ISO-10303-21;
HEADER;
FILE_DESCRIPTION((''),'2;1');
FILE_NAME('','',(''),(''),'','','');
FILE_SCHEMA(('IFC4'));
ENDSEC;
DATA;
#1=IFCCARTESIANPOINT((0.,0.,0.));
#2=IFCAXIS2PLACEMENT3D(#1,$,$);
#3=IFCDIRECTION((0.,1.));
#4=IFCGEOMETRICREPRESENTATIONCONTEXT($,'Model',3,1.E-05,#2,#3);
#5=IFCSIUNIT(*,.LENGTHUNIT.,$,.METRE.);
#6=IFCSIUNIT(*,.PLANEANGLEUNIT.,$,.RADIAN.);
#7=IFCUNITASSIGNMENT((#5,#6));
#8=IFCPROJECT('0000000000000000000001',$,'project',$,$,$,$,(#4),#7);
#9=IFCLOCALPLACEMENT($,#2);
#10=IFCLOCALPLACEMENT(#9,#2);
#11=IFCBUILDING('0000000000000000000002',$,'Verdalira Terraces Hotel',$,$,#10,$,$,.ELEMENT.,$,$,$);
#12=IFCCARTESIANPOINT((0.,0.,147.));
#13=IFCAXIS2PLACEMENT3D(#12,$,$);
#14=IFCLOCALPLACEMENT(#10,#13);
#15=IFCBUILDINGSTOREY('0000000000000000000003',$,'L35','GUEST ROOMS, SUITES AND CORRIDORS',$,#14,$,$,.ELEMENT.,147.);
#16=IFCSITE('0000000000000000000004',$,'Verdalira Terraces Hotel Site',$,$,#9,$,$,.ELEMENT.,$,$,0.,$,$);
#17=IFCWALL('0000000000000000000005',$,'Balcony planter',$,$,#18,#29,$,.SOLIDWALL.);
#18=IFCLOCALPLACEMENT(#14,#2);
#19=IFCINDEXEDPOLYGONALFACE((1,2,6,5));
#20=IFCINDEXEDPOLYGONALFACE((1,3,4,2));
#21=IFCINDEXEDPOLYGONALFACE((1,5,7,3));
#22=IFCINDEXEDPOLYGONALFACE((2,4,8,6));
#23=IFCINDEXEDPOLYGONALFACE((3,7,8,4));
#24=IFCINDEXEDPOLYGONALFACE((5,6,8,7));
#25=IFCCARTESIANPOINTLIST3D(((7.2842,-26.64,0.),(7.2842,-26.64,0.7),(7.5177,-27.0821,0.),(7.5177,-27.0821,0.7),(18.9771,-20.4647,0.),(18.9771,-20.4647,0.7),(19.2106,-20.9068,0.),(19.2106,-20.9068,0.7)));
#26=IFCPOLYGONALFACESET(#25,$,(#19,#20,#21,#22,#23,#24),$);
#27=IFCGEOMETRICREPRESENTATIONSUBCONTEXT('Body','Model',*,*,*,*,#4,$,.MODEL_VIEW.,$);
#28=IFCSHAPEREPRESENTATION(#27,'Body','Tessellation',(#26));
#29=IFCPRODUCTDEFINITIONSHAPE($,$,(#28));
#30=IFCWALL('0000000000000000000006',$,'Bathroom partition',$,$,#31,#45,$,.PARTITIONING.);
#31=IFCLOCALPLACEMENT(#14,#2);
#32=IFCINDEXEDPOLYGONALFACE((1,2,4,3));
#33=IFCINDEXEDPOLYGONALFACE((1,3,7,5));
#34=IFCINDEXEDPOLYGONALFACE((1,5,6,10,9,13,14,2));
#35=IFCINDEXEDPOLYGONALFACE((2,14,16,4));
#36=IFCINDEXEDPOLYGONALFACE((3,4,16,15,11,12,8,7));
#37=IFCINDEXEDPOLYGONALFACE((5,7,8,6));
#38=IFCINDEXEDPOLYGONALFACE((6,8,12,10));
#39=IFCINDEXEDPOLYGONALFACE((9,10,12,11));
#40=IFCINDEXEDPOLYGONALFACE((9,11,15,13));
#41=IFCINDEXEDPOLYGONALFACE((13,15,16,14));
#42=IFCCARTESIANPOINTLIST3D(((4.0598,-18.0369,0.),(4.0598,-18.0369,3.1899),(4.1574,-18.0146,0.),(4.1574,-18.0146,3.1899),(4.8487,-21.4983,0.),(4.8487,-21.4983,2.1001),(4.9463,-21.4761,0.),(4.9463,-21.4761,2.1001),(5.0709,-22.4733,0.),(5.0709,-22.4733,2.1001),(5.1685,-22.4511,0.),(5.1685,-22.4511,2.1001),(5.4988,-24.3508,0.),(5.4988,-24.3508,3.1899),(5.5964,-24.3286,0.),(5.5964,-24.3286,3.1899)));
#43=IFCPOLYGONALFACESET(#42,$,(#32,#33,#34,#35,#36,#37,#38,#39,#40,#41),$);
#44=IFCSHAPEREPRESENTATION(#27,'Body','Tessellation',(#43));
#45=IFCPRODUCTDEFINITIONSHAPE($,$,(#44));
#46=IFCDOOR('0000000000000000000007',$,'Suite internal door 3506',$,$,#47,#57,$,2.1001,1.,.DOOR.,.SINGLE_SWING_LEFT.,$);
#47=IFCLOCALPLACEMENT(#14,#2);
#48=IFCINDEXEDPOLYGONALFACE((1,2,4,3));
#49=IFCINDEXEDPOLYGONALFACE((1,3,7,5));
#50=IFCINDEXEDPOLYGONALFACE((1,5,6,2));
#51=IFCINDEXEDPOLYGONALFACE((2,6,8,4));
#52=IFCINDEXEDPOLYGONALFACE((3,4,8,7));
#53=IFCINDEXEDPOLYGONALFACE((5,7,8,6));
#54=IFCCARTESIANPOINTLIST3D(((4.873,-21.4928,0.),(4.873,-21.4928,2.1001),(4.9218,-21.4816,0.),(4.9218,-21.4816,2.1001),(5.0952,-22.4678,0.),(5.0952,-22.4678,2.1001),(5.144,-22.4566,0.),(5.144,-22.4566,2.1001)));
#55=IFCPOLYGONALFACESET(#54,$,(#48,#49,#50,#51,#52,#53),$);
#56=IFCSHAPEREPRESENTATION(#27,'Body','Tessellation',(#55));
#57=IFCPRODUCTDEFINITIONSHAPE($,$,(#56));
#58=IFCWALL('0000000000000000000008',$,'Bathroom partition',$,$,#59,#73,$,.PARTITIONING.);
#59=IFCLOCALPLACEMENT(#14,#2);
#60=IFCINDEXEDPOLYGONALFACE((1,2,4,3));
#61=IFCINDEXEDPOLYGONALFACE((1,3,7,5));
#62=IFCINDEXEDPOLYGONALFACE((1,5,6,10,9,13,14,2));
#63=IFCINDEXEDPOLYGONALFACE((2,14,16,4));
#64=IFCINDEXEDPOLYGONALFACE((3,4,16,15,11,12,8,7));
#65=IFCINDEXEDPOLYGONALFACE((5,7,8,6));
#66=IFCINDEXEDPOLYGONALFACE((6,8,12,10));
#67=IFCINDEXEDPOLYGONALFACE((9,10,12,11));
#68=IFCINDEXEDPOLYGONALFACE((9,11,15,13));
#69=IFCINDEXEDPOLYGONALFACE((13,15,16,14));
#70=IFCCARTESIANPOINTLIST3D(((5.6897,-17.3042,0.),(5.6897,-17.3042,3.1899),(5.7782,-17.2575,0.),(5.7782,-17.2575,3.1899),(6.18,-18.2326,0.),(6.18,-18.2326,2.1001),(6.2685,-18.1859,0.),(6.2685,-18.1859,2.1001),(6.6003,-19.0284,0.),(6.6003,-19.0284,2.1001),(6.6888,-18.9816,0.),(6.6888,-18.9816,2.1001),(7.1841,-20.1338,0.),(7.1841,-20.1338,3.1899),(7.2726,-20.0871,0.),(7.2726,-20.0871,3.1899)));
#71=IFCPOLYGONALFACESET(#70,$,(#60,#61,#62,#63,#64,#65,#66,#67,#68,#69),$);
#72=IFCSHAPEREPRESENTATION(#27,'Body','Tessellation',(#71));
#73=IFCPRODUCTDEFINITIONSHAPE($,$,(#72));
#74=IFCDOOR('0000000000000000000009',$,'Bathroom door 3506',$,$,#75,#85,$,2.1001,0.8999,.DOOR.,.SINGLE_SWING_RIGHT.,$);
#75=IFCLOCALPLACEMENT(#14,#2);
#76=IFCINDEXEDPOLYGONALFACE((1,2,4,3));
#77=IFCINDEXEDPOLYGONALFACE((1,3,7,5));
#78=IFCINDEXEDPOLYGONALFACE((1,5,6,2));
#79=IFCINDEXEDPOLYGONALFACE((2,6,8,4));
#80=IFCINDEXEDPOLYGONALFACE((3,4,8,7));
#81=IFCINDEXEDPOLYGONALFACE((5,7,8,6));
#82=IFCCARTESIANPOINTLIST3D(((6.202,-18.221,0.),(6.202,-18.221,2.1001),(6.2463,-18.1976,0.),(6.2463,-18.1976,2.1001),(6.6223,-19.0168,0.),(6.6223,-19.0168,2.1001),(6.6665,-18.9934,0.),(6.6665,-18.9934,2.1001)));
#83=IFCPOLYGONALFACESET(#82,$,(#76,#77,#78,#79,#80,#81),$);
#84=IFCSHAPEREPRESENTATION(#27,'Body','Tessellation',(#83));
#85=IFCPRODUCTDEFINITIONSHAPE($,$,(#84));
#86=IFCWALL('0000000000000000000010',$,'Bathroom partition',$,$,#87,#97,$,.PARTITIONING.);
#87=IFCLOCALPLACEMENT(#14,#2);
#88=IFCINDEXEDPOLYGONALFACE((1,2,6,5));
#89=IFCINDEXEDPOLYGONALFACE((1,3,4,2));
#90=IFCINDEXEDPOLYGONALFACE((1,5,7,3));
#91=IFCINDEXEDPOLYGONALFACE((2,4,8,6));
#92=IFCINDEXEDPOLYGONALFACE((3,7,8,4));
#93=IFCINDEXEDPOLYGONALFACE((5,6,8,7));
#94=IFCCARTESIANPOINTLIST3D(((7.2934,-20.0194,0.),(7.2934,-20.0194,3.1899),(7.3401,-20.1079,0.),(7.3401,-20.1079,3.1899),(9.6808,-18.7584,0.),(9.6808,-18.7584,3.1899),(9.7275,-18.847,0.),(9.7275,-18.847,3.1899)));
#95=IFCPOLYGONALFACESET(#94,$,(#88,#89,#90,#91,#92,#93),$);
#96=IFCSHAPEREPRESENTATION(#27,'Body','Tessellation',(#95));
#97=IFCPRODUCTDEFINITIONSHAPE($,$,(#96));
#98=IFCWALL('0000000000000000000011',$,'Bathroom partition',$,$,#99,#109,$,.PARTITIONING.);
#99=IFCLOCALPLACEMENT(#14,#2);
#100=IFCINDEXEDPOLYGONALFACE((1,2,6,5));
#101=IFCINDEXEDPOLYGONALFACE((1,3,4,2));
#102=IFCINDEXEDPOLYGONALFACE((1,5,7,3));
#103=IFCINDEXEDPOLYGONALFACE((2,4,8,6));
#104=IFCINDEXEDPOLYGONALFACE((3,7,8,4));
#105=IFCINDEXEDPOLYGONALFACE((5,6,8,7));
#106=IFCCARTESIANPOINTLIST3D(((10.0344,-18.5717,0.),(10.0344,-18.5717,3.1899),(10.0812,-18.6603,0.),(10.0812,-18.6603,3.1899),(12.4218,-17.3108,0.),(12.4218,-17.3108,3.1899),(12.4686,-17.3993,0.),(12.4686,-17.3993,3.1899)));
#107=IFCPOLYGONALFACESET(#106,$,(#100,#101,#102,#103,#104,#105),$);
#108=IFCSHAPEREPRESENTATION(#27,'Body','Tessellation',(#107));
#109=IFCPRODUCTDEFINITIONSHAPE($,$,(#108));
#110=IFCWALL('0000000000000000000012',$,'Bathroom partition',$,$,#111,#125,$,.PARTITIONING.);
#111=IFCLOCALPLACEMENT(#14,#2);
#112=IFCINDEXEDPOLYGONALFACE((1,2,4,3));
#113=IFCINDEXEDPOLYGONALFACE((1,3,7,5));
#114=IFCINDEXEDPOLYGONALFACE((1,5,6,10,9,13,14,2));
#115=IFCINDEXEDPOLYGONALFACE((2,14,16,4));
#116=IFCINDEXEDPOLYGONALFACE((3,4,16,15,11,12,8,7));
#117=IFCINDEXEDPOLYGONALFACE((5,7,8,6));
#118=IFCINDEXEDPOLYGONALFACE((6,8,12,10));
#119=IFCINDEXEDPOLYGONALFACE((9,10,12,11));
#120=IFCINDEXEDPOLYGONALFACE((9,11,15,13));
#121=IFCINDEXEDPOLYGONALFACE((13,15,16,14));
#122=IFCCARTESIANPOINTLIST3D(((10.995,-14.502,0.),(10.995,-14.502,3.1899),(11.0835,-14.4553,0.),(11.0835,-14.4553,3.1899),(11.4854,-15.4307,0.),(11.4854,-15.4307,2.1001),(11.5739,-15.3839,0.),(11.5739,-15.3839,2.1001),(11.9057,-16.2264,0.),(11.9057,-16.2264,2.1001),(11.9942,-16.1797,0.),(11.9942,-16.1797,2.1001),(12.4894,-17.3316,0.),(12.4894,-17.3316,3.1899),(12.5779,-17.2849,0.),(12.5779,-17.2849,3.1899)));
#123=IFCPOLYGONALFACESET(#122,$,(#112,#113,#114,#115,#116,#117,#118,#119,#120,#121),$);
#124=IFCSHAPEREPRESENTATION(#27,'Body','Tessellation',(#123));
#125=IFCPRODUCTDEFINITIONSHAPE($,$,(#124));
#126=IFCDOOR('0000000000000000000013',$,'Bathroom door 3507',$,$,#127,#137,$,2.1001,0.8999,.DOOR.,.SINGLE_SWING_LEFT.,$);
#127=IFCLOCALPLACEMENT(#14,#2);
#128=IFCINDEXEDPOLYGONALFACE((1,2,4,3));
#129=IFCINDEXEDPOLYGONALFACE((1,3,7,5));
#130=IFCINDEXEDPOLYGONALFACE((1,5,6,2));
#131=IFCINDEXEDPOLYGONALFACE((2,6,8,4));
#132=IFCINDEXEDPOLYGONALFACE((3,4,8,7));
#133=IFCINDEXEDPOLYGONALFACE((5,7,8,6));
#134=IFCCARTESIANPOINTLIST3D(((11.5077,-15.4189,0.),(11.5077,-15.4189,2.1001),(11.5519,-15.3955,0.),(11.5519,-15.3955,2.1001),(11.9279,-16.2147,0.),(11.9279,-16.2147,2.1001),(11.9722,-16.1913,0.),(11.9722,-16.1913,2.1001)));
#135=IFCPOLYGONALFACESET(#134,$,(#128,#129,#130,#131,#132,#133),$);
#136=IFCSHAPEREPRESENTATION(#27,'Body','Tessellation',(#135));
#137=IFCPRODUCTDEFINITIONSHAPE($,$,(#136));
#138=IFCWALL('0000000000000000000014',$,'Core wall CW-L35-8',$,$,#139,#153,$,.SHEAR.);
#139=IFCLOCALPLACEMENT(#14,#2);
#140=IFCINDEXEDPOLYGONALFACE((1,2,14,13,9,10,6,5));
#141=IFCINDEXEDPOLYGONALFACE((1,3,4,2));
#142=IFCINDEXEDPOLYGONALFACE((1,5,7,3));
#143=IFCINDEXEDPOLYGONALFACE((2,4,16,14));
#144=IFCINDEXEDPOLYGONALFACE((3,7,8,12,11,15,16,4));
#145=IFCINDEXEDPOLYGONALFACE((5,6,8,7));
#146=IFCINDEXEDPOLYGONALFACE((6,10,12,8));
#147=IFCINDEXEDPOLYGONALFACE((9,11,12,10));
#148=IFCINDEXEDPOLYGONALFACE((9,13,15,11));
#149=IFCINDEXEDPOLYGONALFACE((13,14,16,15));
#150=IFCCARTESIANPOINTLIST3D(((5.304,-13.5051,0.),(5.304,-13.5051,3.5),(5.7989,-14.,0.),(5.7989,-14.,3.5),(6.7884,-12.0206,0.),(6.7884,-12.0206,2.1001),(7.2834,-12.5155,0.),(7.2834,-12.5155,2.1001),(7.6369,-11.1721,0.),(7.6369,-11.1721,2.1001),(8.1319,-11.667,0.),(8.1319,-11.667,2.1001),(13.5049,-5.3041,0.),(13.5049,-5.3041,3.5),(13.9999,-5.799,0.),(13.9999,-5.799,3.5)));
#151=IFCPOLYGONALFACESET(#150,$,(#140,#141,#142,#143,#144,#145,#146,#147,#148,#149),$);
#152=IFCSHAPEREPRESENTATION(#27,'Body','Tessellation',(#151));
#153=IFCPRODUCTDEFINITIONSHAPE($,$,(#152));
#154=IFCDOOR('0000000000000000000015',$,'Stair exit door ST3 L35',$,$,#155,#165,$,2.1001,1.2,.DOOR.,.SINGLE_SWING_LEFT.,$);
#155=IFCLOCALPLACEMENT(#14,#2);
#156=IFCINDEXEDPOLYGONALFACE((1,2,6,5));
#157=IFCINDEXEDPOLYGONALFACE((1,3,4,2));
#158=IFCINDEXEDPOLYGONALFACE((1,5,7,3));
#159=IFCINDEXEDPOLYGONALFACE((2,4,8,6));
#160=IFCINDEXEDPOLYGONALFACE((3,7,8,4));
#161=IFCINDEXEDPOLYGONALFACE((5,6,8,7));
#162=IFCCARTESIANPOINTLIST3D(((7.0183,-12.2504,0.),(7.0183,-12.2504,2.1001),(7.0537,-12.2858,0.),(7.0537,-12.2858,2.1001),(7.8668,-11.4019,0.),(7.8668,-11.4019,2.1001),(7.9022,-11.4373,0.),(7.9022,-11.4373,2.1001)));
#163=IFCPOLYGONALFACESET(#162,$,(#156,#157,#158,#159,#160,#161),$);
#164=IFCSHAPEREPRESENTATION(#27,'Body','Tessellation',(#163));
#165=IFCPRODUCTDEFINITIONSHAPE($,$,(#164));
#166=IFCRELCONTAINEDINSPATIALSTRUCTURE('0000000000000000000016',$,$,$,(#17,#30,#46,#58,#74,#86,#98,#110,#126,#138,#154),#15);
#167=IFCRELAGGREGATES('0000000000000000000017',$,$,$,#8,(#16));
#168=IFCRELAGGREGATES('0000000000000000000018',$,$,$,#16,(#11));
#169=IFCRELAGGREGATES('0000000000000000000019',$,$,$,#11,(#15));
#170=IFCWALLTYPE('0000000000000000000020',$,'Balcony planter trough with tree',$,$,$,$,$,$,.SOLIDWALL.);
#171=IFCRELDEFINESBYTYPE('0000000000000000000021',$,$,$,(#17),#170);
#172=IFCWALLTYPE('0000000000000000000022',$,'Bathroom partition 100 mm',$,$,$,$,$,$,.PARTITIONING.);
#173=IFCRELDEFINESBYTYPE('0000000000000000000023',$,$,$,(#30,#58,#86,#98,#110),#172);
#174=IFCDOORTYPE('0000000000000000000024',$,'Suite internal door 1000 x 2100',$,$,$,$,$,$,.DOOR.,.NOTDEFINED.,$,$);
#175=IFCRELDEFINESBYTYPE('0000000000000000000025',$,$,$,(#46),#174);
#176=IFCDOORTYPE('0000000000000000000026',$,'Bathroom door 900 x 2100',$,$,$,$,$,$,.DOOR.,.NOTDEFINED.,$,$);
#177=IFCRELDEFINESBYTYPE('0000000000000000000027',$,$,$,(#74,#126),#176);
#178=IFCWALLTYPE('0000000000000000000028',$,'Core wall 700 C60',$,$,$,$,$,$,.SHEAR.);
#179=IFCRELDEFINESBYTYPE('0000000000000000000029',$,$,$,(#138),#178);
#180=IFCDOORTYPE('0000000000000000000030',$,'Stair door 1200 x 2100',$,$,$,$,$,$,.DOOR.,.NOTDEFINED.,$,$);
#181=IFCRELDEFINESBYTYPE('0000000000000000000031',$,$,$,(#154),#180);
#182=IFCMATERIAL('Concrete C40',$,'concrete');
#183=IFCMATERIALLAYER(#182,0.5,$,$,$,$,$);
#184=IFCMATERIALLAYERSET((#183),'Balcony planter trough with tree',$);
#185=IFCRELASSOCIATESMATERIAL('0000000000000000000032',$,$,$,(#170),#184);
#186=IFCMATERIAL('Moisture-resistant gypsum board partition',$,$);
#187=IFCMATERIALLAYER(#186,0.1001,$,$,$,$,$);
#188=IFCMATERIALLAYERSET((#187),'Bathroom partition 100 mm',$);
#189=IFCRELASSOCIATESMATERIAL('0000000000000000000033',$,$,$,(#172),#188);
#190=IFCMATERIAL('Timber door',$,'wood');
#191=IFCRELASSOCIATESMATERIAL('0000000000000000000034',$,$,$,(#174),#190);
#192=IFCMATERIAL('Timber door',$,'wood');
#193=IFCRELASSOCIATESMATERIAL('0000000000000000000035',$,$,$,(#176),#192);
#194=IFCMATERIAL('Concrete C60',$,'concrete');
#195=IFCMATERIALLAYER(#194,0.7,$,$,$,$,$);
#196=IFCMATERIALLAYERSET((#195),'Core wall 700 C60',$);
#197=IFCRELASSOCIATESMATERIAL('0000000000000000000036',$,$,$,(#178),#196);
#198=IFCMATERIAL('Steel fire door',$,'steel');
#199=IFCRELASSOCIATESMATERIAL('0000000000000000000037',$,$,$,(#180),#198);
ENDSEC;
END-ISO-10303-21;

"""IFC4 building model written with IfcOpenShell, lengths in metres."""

from ifc_helpers import new_model, si_unit, direction, frame, frame_2d, origin, place, context, subcontext, project, spatial, rectangle, extrude, material, layer, layer_set, type_object, element, fill, save


model = new_model("IFC4")

# Units and contexts
model_context = context("Model", 3, precision=1e-05, world=origin(), true_north=direction((0.0, 1.0)))
body_context = subcontext(model_context, "Body", "Model", "MODEL_VIEW")
ifc_project = project(units=[si_unit("LENGTHUNIT", "METRE"), si_unit("PLANEANGLEUNIT", "RADIAN")], contexts=[model_context])

# Site, building, storey
site_placement = place(None, origin())
site = spatial("IfcSite", under=ifc_project, at=site_placement, Name="Verdalira Terraces Hotel Site", CompositionType="ELEMENT", RefElevation=0.0)
building_placement = place(site_placement, origin())
building = spatial("IfcBuilding", under=site, at=building_placement, Name="Verdalira Terraces Hotel", CompositionType="ELEMENT")
storey_placement = place(building_placement, frame((0.0, 0.0, 147.0)))
storey = spatial("IfcBuildingStorey", under=building, at=storey_placement, Name="L35", Description="GUEST ROOMS, SUITES AND CORRIDORS", CompositionType="ELEMENT", Elevation=147.0)

# Wall
ifc_material_1 = material(Name="Concrete C40", Category="concrete")
ifc_layer_1 = layer(ifc_material_1, 0.5)
ifc_layer_set_1 = layer_set([ifc_layer_1], Name="Balcony planter trough with tree")
wall_type_1 = type_object("IfcWallType", Name="Balcony planter trough with tree", PredefinedType="SOLIDWALL", material=ifc_layer_set_1)
wall_1_placement = place(storey_placement, frame((7.4009, -26.8611, 0.0), z_axis=(0.0, 0.0, 1.0), x_axis=(0.884258, 0.466998, 0.0)))
element("IfcWall", 1, at=wall_1_placement, inside=storey, type_object=wall_type_1, Name="Balcony planter", PredefinedType="SOLIDWALL", context=body_context, shape_type="SweptSolid", body=[
    extrude(rectangle(XDim=13.2234, YDim=0.5, at=frame_2d((6.6118, 0.0))), origin(), (0.0, 0.0, 1.0), 0.7),
])

# Walls, openings, doors
ifc_material_2 = material(Name="Moisture-resistant gypsum board partition")
ifc_layer_2 = layer(ifc_material_2, 0.1001)
ifc_layer_set_2 = layer_set([ifc_layer_2], Name="Bathroom partition 100 mm")
wall_type_2 = type_object("IfcWallType", Name="Bathroom partition 100 mm", PredefinedType="PARTITIONING", material=ifc_layer_set_2)
wall_2_placement = place(storey_placement, frame((4.1086, -18.0259, 0.0), z_axis=(0.0, 0.0, 1.0), x_axis=(0.222204, -0.975, 0.0)))
wall_2 = element("IfcWall", 2, at=wall_2_placement, inside=storey, type_object=wall_type_2, Name="Bathroom partition", PredefinedType="PARTITIONING", context=body_context, shape_type="SweptSolid", body=[
    extrude(rectangle(XDim=6.4758, YDim=0.1001, at=frame_2d((3.2378, 0.0))), origin(), (0.0, 0.0, 1.0), 3.1899),
])
opening_1_placement = place(wall_2_placement, frame((3.55, 0.0, 0.0)))
opening_1 = element("IfcOpeningElement", 3, at=opening_1_placement, cuts=wall_2, PredefinedType="OPENING", context=body_context, shape_type="SweptSolid", body=[
    extrude(rectangle(XDim=1.0, YDim=2.1001, at=frame_2d((0.5, 1.05))), frame((0.0, 0.0601, 0.0), z_axis=(0.0, -1.0, 0.0), x_axis=(1.0, 0.0, 0.0)), (0.0, 0.0, 1.0), 0.1201),
])
ifc_material_3 = material(Name="Timber door", Category="wood")
door_type_1 = type_object("IfcDoorType", Name="Suite internal door 1000 x 2100", OperationType="NOTDEFINED", PredefinedType="DOOR", material=ifc_material_3)
door_1_placement = place(opening_1_placement, origin())
door_1 = element("IfcDoor", 4, at=door_1_placement, inside=storey, type_object=door_type_1, Name="Suite internal door 3506", OperationType="SINGLE_SWING_LEFT", OverallHeight=2.1001, OverallWidth=1.0, PredefinedType="DOOR", context=body_context, shape_type="SweptSolid", body=[
    extrude(rectangle(XDim=1.0, YDim=2.1001, at=frame_2d((0.5, 1.05))), frame((0.0, 0.0249, 0.0), z_axis=(0.0, -1.0, 0.0), x_axis=(1.0, 0.0, 0.0)), (0.0, 0.0, 1.0), 0.05),
])
fill(opening_1, door_1)
wall_3_placement = place(storey_placement, frame((5.7339, -17.2808, 0.0), z_axis=(0.0, 0.0, 1.0), x_axis=(0.467001, -0.884257, 0.0)))
wall_3 = element("IfcWall", 5, at=wall_3_placement, inside=storey, type_object=wall_type_2, Name="Bathroom partition", PredefinedType="PARTITIONING", context=body_context, shape_type="SweptSolid", body=[
    extrude(rectangle(XDim=3.2, YDim=0.1001, at=frame_2d((1.6001, 0.0))), origin(), (0.0, 0.0, 1.0), 3.1899),
])
opening_2_placement = place(wall_3_placement, frame((1.05, 0.0, 0.0)))
opening_2 = element("IfcOpeningElement", 6, at=opening_2_placement, cuts=wall_3, PredefinedType="OPENING", context=body_context, shape_type="SweptSolid", body=[
    extrude(rectangle(XDim=0.8999, YDim=2.1001, at=frame_2d((0.45, 1.05))), frame((0.0, 0.0601, 0.0), z_axis=(0.0, -1.0, 0.0), x_axis=(1.0, 0.0, 0.0)), (0.0, 0.0, 1.0), 0.1201),
])
ifc_material_4 = material(Name="Timber door", Category="wood")
door_type_2 = type_object("IfcDoorType", Name="Bathroom door 900 x 2100", OperationType="NOTDEFINED", PredefinedType="DOOR", material=ifc_material_4)
door_2_placement = place(opening_2_placement, origin())
door_2 = element("IfcDoor", 7, at=door_2_placement, inside=storey, type_object=door_type_2, Name="Bathroom door 3506", OperationType="SINGLE_SWING_RIGHT", OverallHeight=2.1001, OverallWidth=0.8999, PredefinedType="DOOR", context=body_context, shape_type="SweptSolid", body=[
    extrude(rectangle(XDim=0.8999, YDim=2.1001, at=frame_2d((0.45, 1.05))), frame((0.0, 0.0249, 0.0), z_axis=(0.0, -1.0, 0.0), x_axis=(1.0, 0.0, 0.0)), (0.0, 0.0, 1.0), 0.05),
])
fill(opening_2, door_2)

# Walls
for number, where, z_axis, x_axis, name in (
    (8, (7.3167, -20.0637, 0.0), (0.0, 0.0, 1.0), (0.884241, 0.467032, 0.0), "Bathroom partition"),
    (9, (12.4453, -17.355, 0.0), (0.0, 0.0, 1.0), (-0.884241, -0.467032, 0.0), "Bathroom partition"),
):
    element("IfcWall", number, at=place(storey_placement, frame(where, z_axis=z_axis, x_axis=x_axis)), inside=storey, type_object=wall_type_2, Name=name, PredefinedType="PARTITIONING", context=body_context, shape_type="SweptSolid", body=[
        extrude(rectangle(XDim=2.7, YDim=0.1001, at=frame_2d((1.3501, 0.0))), origin(), (0.0, 0.0, 1.0), 3.1899),
    ])

# Walls, openings, doors
wall_4_placement = place(storey_placement, frame((12.5337, -17.3084, 0.0), z_axis=(0.0, 0.0, 1.0), x_axis=(-0.467001, 0.884257, 0.0)))
wall_4 = element("IfcWall", 10, at=wall_4_placement, inside=storey, type_object=wall_type_2, Name="Bathroom partition", PredefinedType="PARTITIONING", context=body_context, shape_type="SweptSolid", body=[
    extrude(rectangle(XDim=3.2, YDim=0.1001, at=frame_2d((1.6001, 0.0))), origin(), (0.0, 0.0, 1.0), 3.1899),
])
opening_3_placement = place(wall_4_placement, frame((1.25, 0.0, 0.0)))
opening_3 = element("IfcOpeningElement", 11, at=opening_3_placement, cuts=wall_4, PredefinedType="OPENING", context=body_context, shape_type="SweptSolid", body=[
    extrude(rectangle(XDim=0.8999, YDim=2.1001, at=frame_2d((0.45, 1.05))), frame((0.0, 0.0601, 0.0), z_axis=(0.0, -1.0, 0.0), x_axis=(1.0, 0.0, 0.0)), (0.0, 0.0, 1.0), 0.1201),
])
door_3_placement = place(opening_3_placement, origin())
door_3 = element("IfcDoor", 12, at=door_3_placement, inside=storey, type_object=door_type_2, Name="Bathroom door 3507", OperationType="SINGLE_SWING_LEFT", OverallHeight=2.1001, OverallWidth=0.8999, PredefinedType="DOOR", context=body_context, shape_type="SweptSolid", body=[
    extrude(rectangle(XDim=0.8999, YDim=2.1001, at=frame_2d((0.45, 1.05))), frame((0.0, 0.0249, 0.0), z_axis=(0.0, -1.0, 0.0), x_axis=(1.0, 0.0, 0.0)), (0.0, 0.0, 1.0), 0.05),
])
fill(opening_3, door_3)
ifc_material_5 = material(Name="Concrete C60", Category="concrete")
ifc_layer_3 = layer(ifc_material_5, 0.7)
ifc_layer_set_3 = layer_set([ifc_layer_3], Name="Core wall 700 C60")
wall_type_3 = type_object("IfcWallType", Name="Core wall 700 C60", PredefinedType="SHEAR", material=ifc_layer_set_3)
wall_5_placement = place(storey_placement, frame((5.5515, -13.7524, 0.0), z_axis=(0.0, 0.0, 1.0), x_axis=(0.707107, 0.707107, 0.0)))
wall_5 = element("IfcWall", 13, at=wall_5_placement, inside=storey, type_object=wall_type_3, Name="Core wall CW-L35-8", PredefinedType="SHEAR", context=body_context, shape_type="SweptSolid", body=[
    extrude(rectangle(XDim=11.5979, YDim=0.7, at=frame_2d((5.7988, 0.0))), origin(), (0.0, 0.0, 1.0), 3.5),
])
opening_4_placement = place(wall_5_placement, frame((2.0991, 0.0, 0.0)))
opening_4 = element("IfcOpeningElement", 14, at=opening_4_placement, cuts=wall_5, PredefinedType="OPENING", context=body_context, shape_type="SweptSolid", body=[
    extrude(rectangle(XDim=1.2, YDim=2.1001, at=frame_2d((0.6001, 1.05))), frame((0.0, 0.3599, 0.0), z_axis=(0.0, -1.0, 0.0), x_axis=(1.0, 0.0, 0.0)), (0.0, 0.0, 1.0), 0.72),
])
ifc_material_6 = material(Name="Steel fire door", Category="steel")
door_type_3 = type_object("IfcDoorType", Name="Stair door 1200 x 2100", OperationType="NOTDEFINED", PredefinedType="DOOR", material=ifc_material_6)
door_4_placement = place(opening_4_placement, origin())
door_4 = element("IfcDoor", 15, at=door_4_placement, inside=storey, type_object=door_type_3, Name="Stair exit door ST3 L35", OperationType="SINGLE_SWING_LEFT", OverallHeight=2.1001, OverallWidth=1.2, PredefinedType="DOOR", context=body_context, shape_type="SweptSolid", body=[
    extrude(rectangle(XDim=1.2, YDim=2.1001, at=frame_2d((0.6001, 1.05))), frame((0.0, 0.0249, 0.0), z_axis=(0.0, -1.0, 0.0), x_axis=(1.0, 0.0, 0.0)), (0.0, 0.0, 1.0), 0.05),
])
fill(opening_4, door_4)

save(model, "model.ifc")
